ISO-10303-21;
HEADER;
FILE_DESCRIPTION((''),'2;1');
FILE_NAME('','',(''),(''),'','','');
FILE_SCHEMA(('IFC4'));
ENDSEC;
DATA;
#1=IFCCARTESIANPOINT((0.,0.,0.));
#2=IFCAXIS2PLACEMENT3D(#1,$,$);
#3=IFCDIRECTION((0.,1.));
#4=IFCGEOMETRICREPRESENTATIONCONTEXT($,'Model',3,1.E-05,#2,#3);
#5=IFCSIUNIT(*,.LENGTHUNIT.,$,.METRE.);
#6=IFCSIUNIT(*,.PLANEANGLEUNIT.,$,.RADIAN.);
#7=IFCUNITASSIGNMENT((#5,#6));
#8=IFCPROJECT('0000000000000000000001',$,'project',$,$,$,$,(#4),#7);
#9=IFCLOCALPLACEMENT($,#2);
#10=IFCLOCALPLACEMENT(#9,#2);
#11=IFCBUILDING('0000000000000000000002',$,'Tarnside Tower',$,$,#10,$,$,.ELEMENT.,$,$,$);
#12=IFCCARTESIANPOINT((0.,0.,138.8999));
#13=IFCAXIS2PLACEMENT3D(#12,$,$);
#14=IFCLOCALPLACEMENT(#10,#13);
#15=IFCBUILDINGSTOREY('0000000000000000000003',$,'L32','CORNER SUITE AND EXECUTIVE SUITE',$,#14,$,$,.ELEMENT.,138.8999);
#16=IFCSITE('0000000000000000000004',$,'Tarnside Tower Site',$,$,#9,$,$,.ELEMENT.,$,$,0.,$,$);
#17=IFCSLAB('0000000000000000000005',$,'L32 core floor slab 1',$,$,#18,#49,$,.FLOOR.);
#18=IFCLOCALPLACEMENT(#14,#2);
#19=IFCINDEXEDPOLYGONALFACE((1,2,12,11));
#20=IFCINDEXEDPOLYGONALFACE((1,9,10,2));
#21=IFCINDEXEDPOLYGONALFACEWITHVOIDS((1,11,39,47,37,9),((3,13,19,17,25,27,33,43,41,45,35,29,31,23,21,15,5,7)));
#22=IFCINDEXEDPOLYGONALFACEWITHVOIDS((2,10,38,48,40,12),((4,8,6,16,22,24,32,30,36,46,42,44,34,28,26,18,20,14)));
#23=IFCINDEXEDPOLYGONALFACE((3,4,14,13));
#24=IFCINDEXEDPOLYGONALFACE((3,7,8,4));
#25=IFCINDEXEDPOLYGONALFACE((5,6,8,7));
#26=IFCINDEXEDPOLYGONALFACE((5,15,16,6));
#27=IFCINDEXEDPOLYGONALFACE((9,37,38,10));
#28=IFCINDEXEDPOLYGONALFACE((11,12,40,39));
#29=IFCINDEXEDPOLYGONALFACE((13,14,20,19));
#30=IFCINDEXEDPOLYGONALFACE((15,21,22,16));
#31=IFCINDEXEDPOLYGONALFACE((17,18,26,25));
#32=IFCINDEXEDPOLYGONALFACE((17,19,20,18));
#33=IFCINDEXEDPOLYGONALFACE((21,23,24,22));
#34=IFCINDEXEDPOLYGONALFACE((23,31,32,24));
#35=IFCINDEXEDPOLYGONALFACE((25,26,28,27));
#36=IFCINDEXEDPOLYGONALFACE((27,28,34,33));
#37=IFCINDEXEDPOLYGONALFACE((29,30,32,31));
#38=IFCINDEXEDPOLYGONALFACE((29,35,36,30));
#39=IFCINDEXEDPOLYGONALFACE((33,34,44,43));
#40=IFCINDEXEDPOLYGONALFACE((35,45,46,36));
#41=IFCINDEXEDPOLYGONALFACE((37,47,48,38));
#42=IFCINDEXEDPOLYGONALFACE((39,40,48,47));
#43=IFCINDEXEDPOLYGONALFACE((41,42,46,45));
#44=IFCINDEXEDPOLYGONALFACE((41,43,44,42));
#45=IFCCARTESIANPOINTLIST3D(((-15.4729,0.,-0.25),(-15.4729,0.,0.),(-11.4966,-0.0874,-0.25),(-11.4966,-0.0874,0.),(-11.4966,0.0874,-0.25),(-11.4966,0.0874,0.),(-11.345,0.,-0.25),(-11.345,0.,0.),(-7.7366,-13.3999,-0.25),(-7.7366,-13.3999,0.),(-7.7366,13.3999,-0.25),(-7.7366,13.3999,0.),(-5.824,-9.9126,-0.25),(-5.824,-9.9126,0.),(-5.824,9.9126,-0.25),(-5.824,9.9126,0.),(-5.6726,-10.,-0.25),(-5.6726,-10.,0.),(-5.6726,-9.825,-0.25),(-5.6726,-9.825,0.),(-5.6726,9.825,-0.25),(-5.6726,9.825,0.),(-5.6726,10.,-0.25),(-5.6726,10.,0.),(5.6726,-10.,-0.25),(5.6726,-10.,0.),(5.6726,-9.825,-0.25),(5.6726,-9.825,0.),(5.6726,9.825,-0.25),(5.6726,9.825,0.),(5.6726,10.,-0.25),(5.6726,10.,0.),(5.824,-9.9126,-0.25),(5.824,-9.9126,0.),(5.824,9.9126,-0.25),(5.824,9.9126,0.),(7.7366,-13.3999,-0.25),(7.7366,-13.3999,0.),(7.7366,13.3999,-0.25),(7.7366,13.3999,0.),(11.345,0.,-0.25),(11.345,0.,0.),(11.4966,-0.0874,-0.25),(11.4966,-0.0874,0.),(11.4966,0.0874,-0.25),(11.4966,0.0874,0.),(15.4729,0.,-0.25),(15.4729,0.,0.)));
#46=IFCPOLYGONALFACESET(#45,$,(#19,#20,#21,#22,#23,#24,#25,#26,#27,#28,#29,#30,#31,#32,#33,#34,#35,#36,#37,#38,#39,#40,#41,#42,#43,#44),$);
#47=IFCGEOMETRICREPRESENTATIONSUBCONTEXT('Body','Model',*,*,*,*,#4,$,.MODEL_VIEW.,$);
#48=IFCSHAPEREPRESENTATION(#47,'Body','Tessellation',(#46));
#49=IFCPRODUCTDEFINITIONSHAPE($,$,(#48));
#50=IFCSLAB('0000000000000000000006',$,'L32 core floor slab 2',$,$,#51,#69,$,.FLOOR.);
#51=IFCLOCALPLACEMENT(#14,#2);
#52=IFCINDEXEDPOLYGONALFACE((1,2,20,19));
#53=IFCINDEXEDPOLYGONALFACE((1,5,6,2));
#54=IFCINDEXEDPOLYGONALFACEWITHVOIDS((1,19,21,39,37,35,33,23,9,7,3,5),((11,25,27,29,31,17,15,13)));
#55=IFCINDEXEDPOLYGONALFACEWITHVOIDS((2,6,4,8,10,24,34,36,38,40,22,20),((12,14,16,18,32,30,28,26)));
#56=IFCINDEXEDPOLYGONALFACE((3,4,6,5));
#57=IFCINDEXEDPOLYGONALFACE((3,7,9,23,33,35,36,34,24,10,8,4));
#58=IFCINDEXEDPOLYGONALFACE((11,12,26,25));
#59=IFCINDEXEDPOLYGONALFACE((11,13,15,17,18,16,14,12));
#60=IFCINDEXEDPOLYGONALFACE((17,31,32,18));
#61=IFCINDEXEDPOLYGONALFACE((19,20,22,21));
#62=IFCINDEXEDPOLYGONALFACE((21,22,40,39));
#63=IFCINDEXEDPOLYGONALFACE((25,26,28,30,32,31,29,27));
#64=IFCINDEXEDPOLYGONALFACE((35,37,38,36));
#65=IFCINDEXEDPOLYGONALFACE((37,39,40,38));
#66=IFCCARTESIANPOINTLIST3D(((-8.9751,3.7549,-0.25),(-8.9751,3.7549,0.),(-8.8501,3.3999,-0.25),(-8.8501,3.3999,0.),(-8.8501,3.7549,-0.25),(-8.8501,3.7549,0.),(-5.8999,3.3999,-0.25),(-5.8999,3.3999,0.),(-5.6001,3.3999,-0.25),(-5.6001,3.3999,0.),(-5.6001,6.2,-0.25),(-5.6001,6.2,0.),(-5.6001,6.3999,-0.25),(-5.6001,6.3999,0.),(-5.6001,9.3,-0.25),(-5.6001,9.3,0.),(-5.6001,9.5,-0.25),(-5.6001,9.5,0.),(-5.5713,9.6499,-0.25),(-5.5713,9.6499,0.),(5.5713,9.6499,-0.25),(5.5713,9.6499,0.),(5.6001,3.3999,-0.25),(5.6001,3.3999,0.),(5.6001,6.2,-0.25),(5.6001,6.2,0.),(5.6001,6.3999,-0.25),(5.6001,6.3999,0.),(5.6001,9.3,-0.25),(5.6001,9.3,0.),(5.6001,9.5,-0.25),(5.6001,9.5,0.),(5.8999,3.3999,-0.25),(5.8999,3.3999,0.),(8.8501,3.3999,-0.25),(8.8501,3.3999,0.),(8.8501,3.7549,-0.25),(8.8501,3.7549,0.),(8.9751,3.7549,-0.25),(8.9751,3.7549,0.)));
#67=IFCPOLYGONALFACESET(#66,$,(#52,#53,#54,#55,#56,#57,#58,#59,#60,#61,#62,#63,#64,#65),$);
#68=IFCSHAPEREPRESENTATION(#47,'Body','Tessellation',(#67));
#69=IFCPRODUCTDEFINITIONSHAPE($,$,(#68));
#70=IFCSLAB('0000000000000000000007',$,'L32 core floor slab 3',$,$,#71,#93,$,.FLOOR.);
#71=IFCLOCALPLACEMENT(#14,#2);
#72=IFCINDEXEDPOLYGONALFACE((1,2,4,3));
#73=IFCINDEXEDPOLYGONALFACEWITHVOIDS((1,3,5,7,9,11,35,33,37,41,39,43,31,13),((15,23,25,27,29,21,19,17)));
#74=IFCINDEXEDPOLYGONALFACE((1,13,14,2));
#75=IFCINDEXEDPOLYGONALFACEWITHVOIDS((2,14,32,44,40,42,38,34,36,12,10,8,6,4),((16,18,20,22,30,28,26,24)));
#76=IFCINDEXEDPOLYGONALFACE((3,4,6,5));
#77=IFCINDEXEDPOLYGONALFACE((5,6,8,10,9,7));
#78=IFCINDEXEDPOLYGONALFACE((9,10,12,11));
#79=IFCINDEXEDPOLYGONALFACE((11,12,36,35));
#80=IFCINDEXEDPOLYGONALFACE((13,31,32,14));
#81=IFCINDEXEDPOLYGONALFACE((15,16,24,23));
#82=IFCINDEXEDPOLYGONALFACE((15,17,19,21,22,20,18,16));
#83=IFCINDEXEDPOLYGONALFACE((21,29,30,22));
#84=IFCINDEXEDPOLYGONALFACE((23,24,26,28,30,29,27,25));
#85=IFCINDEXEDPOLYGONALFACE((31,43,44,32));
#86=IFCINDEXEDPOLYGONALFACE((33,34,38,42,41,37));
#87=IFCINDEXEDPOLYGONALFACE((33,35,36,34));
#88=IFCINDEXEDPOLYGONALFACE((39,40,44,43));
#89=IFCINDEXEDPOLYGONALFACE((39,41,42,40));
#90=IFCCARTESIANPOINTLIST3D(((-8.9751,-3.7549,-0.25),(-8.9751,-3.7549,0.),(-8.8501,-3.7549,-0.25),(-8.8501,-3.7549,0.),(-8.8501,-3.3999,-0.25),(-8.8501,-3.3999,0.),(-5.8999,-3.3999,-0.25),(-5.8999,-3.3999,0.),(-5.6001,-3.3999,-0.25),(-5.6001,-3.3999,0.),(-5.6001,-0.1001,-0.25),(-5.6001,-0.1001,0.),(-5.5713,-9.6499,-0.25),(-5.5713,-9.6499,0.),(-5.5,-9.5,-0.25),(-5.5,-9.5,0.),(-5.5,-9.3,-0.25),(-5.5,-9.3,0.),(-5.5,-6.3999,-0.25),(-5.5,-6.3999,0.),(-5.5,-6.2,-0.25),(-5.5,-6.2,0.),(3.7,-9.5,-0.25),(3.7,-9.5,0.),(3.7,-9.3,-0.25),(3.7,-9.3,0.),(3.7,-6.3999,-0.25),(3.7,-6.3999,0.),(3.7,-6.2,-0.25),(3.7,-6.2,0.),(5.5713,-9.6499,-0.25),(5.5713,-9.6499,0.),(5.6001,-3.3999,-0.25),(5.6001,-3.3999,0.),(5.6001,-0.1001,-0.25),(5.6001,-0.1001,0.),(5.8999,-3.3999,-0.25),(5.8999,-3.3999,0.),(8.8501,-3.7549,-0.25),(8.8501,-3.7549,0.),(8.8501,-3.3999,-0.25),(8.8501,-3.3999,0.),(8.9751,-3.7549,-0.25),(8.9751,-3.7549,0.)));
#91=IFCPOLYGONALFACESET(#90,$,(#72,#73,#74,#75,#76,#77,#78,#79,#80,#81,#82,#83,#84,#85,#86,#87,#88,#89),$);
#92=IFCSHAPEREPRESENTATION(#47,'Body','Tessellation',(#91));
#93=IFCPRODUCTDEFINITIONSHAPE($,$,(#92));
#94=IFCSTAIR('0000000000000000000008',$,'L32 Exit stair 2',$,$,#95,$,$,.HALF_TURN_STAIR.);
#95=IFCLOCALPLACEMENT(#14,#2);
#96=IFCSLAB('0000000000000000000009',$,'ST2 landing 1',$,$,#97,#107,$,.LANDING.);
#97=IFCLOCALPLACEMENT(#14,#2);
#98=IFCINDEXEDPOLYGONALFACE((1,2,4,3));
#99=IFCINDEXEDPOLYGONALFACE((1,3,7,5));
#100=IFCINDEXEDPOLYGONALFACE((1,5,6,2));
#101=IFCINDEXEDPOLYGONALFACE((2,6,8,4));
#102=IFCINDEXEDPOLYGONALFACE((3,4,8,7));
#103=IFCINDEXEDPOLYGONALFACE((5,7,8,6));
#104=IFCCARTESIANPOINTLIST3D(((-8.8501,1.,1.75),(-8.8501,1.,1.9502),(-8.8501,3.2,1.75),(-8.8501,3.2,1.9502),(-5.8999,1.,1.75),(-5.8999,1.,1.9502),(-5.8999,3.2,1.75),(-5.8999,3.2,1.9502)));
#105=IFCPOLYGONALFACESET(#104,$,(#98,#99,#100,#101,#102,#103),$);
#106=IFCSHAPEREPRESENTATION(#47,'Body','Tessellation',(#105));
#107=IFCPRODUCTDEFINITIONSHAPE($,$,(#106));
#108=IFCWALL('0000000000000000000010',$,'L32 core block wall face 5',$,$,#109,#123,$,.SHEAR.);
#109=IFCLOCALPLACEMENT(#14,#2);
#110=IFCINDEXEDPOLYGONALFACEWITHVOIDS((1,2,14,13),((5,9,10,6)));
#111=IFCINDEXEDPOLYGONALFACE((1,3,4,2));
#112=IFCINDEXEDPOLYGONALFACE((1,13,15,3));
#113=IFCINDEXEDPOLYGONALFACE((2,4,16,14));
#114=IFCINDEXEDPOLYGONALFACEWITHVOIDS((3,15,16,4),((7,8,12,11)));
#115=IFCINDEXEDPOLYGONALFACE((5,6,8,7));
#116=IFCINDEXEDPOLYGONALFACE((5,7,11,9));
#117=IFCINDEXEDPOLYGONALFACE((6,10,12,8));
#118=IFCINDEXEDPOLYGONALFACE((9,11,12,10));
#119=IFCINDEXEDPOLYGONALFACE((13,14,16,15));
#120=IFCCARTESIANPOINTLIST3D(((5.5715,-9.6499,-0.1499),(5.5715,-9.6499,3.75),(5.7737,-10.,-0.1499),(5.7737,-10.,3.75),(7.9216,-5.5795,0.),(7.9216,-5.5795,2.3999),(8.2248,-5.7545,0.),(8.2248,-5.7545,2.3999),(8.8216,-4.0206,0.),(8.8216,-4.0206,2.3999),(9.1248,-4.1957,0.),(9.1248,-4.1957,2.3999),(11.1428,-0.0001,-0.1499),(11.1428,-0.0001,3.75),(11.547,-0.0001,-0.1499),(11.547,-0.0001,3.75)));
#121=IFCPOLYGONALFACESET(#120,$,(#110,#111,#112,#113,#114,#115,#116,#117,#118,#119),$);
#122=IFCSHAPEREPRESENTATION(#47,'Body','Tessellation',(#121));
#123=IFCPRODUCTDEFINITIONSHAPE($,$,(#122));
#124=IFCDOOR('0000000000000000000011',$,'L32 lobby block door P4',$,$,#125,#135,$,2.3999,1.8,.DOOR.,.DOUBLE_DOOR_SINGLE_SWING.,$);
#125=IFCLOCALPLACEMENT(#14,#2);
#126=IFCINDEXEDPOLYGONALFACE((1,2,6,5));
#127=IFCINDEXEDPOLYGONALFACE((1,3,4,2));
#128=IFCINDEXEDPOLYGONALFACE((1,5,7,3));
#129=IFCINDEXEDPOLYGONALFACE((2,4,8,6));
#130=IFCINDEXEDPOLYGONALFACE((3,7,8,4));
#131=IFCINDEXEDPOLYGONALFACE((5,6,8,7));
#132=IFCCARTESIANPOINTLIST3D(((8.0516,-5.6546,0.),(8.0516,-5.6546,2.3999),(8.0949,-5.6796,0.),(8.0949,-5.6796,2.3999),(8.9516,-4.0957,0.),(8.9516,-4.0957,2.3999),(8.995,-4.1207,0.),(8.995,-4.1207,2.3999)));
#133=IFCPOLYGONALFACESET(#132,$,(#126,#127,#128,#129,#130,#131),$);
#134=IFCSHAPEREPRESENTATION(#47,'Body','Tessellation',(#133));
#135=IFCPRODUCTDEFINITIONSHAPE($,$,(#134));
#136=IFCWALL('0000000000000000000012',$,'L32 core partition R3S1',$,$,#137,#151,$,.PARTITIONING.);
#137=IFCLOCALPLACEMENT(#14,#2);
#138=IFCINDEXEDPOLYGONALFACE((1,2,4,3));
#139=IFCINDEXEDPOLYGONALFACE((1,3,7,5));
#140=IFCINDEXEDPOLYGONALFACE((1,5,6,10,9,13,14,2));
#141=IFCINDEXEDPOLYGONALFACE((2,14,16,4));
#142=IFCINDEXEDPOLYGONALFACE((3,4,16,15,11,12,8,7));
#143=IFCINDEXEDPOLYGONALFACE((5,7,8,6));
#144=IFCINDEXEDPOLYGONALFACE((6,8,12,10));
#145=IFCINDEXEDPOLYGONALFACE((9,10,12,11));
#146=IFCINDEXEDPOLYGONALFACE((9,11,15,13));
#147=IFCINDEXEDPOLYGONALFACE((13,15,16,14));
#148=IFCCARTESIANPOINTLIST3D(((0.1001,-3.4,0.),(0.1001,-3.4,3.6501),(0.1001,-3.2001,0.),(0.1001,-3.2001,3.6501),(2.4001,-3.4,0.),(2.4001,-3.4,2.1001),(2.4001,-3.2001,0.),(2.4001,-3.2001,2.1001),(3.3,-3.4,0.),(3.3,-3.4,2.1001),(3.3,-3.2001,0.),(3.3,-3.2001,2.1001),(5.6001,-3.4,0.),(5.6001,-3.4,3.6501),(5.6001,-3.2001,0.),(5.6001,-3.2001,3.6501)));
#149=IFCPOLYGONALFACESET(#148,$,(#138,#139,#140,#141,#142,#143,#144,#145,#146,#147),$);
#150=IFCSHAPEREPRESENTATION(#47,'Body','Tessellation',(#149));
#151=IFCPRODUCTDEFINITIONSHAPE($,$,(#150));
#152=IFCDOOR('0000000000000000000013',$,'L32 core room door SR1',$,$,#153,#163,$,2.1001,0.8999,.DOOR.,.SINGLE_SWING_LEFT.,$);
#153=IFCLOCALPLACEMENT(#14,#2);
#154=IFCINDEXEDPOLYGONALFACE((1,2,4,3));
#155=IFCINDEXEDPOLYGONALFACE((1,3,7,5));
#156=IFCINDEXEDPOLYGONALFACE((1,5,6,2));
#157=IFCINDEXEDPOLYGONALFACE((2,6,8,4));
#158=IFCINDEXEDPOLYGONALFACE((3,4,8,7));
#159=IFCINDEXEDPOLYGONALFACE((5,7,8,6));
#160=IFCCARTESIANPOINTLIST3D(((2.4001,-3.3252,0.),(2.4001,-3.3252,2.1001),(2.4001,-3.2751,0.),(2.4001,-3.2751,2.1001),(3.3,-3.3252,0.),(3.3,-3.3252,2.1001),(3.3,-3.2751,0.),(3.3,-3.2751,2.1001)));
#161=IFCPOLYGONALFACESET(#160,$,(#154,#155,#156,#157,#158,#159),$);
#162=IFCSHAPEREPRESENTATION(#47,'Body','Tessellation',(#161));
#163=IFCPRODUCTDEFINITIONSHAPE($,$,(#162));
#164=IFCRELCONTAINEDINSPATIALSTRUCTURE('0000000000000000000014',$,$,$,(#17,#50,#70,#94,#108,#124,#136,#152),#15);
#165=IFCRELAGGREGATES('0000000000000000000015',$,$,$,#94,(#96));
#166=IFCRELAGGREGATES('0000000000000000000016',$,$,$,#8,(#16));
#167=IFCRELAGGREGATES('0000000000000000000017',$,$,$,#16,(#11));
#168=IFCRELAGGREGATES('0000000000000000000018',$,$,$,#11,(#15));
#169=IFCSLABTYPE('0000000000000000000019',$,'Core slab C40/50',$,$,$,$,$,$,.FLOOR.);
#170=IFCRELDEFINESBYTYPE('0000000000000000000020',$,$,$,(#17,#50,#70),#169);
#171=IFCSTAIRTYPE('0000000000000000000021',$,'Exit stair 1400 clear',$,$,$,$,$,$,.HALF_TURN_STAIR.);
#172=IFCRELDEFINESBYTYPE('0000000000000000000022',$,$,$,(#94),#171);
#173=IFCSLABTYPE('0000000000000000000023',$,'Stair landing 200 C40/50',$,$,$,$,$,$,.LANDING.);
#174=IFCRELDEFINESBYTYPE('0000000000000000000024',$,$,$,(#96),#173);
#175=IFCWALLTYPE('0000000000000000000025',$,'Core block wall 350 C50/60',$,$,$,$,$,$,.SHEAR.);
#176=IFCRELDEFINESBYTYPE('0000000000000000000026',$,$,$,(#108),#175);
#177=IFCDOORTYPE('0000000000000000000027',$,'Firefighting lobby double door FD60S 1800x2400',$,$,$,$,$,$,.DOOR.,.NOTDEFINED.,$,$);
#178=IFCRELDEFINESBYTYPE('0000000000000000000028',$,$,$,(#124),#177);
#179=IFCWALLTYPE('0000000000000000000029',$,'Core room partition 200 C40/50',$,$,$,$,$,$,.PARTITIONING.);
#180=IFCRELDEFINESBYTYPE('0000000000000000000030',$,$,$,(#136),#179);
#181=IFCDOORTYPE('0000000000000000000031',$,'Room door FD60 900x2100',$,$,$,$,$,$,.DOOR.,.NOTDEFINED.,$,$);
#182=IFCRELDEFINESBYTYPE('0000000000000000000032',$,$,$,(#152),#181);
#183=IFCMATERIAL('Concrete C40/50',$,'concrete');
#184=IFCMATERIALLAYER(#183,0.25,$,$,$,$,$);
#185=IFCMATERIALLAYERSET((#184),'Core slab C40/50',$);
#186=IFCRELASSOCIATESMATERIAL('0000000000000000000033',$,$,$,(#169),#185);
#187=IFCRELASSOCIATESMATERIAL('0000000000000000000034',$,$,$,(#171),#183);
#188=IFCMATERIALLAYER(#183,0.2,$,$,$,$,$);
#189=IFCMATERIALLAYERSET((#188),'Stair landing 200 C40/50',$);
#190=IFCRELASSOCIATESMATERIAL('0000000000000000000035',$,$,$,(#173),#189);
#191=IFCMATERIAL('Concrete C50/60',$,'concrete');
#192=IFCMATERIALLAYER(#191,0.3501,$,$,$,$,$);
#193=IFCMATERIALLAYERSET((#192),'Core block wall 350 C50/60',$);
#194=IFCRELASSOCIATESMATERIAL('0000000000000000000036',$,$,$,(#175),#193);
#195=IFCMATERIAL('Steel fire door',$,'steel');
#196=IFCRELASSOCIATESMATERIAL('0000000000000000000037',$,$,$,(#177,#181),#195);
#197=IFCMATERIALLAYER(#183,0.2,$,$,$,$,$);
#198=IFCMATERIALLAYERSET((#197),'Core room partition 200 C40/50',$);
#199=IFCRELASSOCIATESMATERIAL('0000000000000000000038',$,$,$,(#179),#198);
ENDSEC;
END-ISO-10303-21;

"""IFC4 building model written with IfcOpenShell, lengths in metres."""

from ifc_helpers import new_model, si_unit, direction, frame, frame_2d, origin, place, context, subcontext, project, spatial, polyline, rectangle, outline, extrude, material, layer, layer_set, type_object, element, fill, aggregate, save


model = new_model("IFC4")

# Units and contexts
model_context = context("Model", 3, precision=1e-05, world=origin(), true_north=direction((0.0, 1.0)))
body_context = subcontext(model_context, "Body", "Model", "MODEL_VIEW")
ifc_project = project(units=[si_unit("LENGTHUNIT", "METRE"), si_unit("PLANEANGLEUNIT", "RADIAN")], contexts=[model_context])

# Site, building, storey
site_placement = place(None, origin())
site = spatial("IfcSite", under=ifc_project, at=site_placement, Name="Tarnside Tower Site", CompositionType="ELEMENT", RefElevation=0.0)
building_placement = place(site_placement, origin())
building = spatial("IfcBuilding", under=site, at=building_placement, Name="Tarnside Tower", CompositionType="ELEMENT")
storey_placement = place(building_placement, frame((0.0, 0.0, 138.8999)))
storey = spatial("IfcBuildingStorey", under=building, at=storey_placement, Name="L32", Description="CORNER SUITE AND EXECUTIVE SUITE", CompositionType="ELEMENT", Elevation=138.8999)

# Slabs
ifc_material_1 = material(Name="Concrete C40/50", Category="concrete")
ifc_layer_1 = layer(ifc_material_1, 0.25)
ifc_layer_set_1 = layer_set([ifc_layer_1], Name="Core slab C40/50")
slab_type_1 = type_object("IfcSlabType", Name="Core slab C40/50", PredefinedType="FLOOR", material=ifc_layer_set_1)
slab_1_placement = place(storey_placement, frame((0.0, 0.0, -0.25)))
element("IfcSlab", 1, at=slab_1_placement, inside=storey, type_object=slab_type_1, Name="L32 core floor slab 1", PredefinedType="FLOOR", context=body_context, shape_type="SweptSolid", body=[
    extrude(outline(polyline([(-15.4729, 0.0), (-7.7366, 13.3999), (7.7366, 13.3999), (15.4729, 0.0), (7.7366, -13.3999), (-7.7366, -13.3999), (-15.4729, 0.0)]), holes=[polyline([(5.824, -9.9126), (11.4966, -0.0874), (11.345, 0.0), (11.4966, 0.0874), (5.824, 9.9126), (5.6726, 9.825), (5.6726, 10.0), (-5.6726, 10.0), (-5.6726, 9.825), (-5.824, 9.9126), (-11.4966, 0.0874), (-11.345, 0.0), (-11.4966, -0.0874), (-5.824, -9.9126), (-5.6726, -9.825), (-5.6726, -10.0), (5.6726, -10.0), (5.6726, -9.825), (5.824, -9.9126)])]), origin(), (0.0, 0.0, 1.0), 0.25),
])
slab_2_placement = place(storey_placement, frame((0.0, 0.0, -0.25)))
element("IfcSlab", 2, at=slab_2_placement, inside=storey, type_object=slab_type_1, Name="L32 core floor slab 2", PredefinedType="FLOOR", context=body_context, shape_type="SweptSolid", body=[
    extrude(outline(polyline([(-8.9751, 3.7549), (-5.5713, 9.6499), (5.5713, 9.6499), (8.9751, 3.7549), (8.8501, 3.7549), (8.8501, 3.3999), (5.8999, 3.3999), (5.6001, 3.3999), (5.6001, 3.3999), (-5.6001, 3.3999), (-5.8999, 3.3999), (-8.8501, 3.3999), (-8.8501, 3.7549), (-8.9751, 3.7549)]), holes=[polyline([(-5.6001, 6.2), (5.6001, 6.2), (5.6001, 6.3999), (5.6001, 9.3), (5.6001, 9.5), (-5.6001, 9.5), (-5.6001, 9.3), (-5.6001, 6.3999), (-5.6001, 6.2)])]), origin(), (0.0, 0.0, 1.0), 0.25),
])
slab_3_placement = place(storey_placement, frame((0.0, 0.0, -0.25)))
element("IfcSlab", 3, at=slab_3_placement, inside=storey, type_object=slab_type_1, Name="L32 core floor slab 3", PredefinedType="FLOOR", context=body_context, shape_type="SweptSolid", body=[
    extrude(outline(polyline([(5.6001, -3.3999), (5.8999, -3.3999), (8.8501, -3.3999), (8.8501, -3.7549), (8.9751, -3.7549), (5.5713, -9.6499), (-5.5713, -9.6499), (-8.9751, -3.7549), (-8.8501, -3.7549), (-8.8501, -3.3999), (-5.8999, -3.3999), (-5.6001, -3.3999), (-5.6001, -0.1001), (5.6001, -0.1001), (5.6001, -3.3999)]), holes=[polyline([(-5.5, -9.3), (-5.5, -9.5), (3.7, -9.5), (3.7, -9.3), (3.7, -6.3999), (3.7, -6.2), (-5.5, -6.2), (-5.5, -6.3999), (-5.5, -9.3)])]), origin(), (0.0, 0.0, 1.0), 0.25),
])

# Stair, slab
stair_type = type_object("IfcStairType", Name="Exit stair 1400 clear", PredefinedType="HALF_TURN_STAIR", material=ifc_material_1)
stair_1_placement = place(storey_placement, origin())
stair_1 = element("IfcStair", 4, at=stair_1_placement, inside=storey, type_object=stair_type, Name="L32 Exit stair 2", PredefinedType="HALF_TURN_STAIR")
ifc_layer_2 = layer(ifc_material_1, 0.2)
ifc_layer_set_2 = layer_set([ifc_layer_2], Name="Stair landing 200 C40/50")
slab_type_2 = type_object("IfcSlabType", Name="Stair landing 200 C40/50", PredefinedType="LANDING", material=ifc_layer_set_2)
slab_4_placement = place(storey_placement, frame((0.0, 0.0, 1.75)))
slab_4 = element("IfcSlab", 5, at=slab_4_placement, type_object=slab_type_2, Name="ST2 landing 1", PredefinedType="LANDING", context=body_context, shape_type="SweptSolid", body=[
    extrude(outline(polyline([(-5.8999, 1.0), (-5.8999, 3.2), (-8.8501, 3.2), (-8.8501, 1.0), (-5.8999, 1.0)])), origin(), (0.0, 0.0, 1.0), 0.2002),
])
aggregate(stair_1, [slab_4])

# Walls, openings, doors
ifc_material_2 = material(Name="Concrete C50/60", Category="concrete")
ifc_layer_3 = layer(ifc_material_2, 0.3501)
ifc_layer_set_3 = layer_set([ifc_layer_3], Name="Core block wall 350 C50/60")
wall_type_1 = type_object("IfcWallType", Name="Core block wall 350 C50/60", PredefinedType="SHEAR", material=ifc_layer_set_3)
wall_1_placement = place(storey_placement, frame((5.6726, -9.825, -0.1499), z_axis=(0.0, 0.0, 1.0), x_axis=(0.499995, 0.866028, 0.0)))
wall_1 = element("IfcWall", 6, at=wall_1_placement, inside=storey, type_object=wall_type_1, Name="L32 core block wall face 5", PredefinedType="SHEAR", context=body_context, shape_type="SweptSolid", body=[
    extrude(outline(polyline([(-0.1011, -0.175), (11.4458, -0.175), (11.2437, 0.175), (0.1011, 0.175), (-0.1011, -0.175)])), origin(), (0.0, 0.0, 1.0), 3.8999),
])
opening_1_placement = place(wall_1_placement, frame((4.8013, 0.0, 0.1499)))
opening_1 = element("IfcOpeningElement", 7, at=opening_1_placement, cuts=wall_1, PredefinedType="OPENING", context=body_context, shape_type="SweptSolid", body=[
    extrude(rectangle(XDim=1.8, YDim=2.3999, at=frame_2d((0.8999, 1.2))), frame((0.0, 0.1851, 0.0), z_axis=(0.0, -1.0, 0.0), x_axis=(1.0, 0.0, 0.0)), (0.0, 0.0, 1.0), 0.3701),
])
ifc_material_3 = material(Name="Steel fire door", Category="steel")
door_type_1 = type_object("IfcDoorType", Name="Firefighting lobby double door FD60S 1800x2400", OperationType="NOTDEFINED", PredefinedType="DOOR", material=ifc_material_3)
door_1_placement = place(opening_1_placement, origin())
door_1 = element("IfcDoor", 8, at=door_1_placement, inside=storey, type_object=door_type_1, Name="L32 lobby block door P4", OperationType="DOUBLE_DOOR_SINGLE_SWING", OverallHeight=2.3999, OverallWidth=1.8, PredefinedType="DOOR", context=body_context, shape_type="SweptSolid", body=[
    extrude(rectangle(XDim=1.8, YDim=2.3999, at=frame_2d((0.8999, 1.2))), frame((0.0, 0.0249, 0.0), z_axis=(0.0, -1.0, 0.0), x_axis=(1.0, 0.0, 0.0)), (0.0, 0.0, 1.0), 0.05),
])
fill(opening_1, door_1)
ifc_layer_4 = layer(ifc_material_1, 0.2)
ifc_layer_set_4 = layer_set([ifc_layer_4], Name="Core room partition 200 C40/50")
wall_type_2 = type_object("IfcWallType", Name="Core room partition 200 C40/50", PredefinedType="PARTITIONING", material=ifc_layer_set_4)
wall_2_placement = place(storey_placement, frame((0.1001, -3.3, 0.0), z_axis=(0.0, 0.0, 1.0), x_axis=(1.0, 0.0, 0.0)))
wall_2 = element("IfcWall", 9, at=wall_2_placement, inside=storey, type_object=wall_type_2, Name="L32 core partition R3S1", PredefinedType="PARTITIONING", context=body_context, shape_type="SweptSolid", body=[
    extrude(rectangle(XDim=5.5, YDim=0.2, at=frame_2d((2.75, 0.0))), origin(), (0.0, 0.0, 1.0), 3.6501),
])
opening_2_placement = place(wall_2_placement, frame((2.3, 0.0, 0.0)))
opening_2 = element("IfcOpeningElement", 10, at=opening_2_placement, cuts=wall_2, PredefinedType="OPENING", context=body_context, shape_type="SweptSolid", body=[
    extrude(rectangle(XDim=0.8999, YDim=2.1001, at=frame_2d((0.45, 1.05))), frame((0.0, 0.1099, 0.0), z_axis=(0.0, -1.0, 0.0), x_axis=(1.0, 0.0, 0.0)), (0.0, 0.0, 1.0), 0.22),
])
door_type_2 = type_object("IfcDoorType", Name="Room door FD60 900x2100", OperationType="NOTDEFINED", PredefinedType="DOOR", material=ifc_material_3)
door_2_placement = place(opening_2_placement, origin())
door_2 = element("IfcDoor", 11, at=door_2_placement, inside=storey, type_object=door_type_2, Name="L32 core room door SR1", OperationType="SINGLE_SWING_LEFT", OverallHeight=2.1001, OverallWidth=0.8999, PredefinedType="DOOR", context=body_context, shape_type="SweptSolid", body=[
    extrude(rectangle(XDim=0.8999, YDim=2.1001, at=frame_2d((0.45, 1.05))), frame((0.0, 0.0249, 0.0), z_axis=(0.0, -1.0, 0.0), x_axis=(1.0, 0.0, 0.0)), (0.0, 0.0, 1.0), 0.05),
])
fill(opening_2, door_2)

save(model, "model.ifc")
